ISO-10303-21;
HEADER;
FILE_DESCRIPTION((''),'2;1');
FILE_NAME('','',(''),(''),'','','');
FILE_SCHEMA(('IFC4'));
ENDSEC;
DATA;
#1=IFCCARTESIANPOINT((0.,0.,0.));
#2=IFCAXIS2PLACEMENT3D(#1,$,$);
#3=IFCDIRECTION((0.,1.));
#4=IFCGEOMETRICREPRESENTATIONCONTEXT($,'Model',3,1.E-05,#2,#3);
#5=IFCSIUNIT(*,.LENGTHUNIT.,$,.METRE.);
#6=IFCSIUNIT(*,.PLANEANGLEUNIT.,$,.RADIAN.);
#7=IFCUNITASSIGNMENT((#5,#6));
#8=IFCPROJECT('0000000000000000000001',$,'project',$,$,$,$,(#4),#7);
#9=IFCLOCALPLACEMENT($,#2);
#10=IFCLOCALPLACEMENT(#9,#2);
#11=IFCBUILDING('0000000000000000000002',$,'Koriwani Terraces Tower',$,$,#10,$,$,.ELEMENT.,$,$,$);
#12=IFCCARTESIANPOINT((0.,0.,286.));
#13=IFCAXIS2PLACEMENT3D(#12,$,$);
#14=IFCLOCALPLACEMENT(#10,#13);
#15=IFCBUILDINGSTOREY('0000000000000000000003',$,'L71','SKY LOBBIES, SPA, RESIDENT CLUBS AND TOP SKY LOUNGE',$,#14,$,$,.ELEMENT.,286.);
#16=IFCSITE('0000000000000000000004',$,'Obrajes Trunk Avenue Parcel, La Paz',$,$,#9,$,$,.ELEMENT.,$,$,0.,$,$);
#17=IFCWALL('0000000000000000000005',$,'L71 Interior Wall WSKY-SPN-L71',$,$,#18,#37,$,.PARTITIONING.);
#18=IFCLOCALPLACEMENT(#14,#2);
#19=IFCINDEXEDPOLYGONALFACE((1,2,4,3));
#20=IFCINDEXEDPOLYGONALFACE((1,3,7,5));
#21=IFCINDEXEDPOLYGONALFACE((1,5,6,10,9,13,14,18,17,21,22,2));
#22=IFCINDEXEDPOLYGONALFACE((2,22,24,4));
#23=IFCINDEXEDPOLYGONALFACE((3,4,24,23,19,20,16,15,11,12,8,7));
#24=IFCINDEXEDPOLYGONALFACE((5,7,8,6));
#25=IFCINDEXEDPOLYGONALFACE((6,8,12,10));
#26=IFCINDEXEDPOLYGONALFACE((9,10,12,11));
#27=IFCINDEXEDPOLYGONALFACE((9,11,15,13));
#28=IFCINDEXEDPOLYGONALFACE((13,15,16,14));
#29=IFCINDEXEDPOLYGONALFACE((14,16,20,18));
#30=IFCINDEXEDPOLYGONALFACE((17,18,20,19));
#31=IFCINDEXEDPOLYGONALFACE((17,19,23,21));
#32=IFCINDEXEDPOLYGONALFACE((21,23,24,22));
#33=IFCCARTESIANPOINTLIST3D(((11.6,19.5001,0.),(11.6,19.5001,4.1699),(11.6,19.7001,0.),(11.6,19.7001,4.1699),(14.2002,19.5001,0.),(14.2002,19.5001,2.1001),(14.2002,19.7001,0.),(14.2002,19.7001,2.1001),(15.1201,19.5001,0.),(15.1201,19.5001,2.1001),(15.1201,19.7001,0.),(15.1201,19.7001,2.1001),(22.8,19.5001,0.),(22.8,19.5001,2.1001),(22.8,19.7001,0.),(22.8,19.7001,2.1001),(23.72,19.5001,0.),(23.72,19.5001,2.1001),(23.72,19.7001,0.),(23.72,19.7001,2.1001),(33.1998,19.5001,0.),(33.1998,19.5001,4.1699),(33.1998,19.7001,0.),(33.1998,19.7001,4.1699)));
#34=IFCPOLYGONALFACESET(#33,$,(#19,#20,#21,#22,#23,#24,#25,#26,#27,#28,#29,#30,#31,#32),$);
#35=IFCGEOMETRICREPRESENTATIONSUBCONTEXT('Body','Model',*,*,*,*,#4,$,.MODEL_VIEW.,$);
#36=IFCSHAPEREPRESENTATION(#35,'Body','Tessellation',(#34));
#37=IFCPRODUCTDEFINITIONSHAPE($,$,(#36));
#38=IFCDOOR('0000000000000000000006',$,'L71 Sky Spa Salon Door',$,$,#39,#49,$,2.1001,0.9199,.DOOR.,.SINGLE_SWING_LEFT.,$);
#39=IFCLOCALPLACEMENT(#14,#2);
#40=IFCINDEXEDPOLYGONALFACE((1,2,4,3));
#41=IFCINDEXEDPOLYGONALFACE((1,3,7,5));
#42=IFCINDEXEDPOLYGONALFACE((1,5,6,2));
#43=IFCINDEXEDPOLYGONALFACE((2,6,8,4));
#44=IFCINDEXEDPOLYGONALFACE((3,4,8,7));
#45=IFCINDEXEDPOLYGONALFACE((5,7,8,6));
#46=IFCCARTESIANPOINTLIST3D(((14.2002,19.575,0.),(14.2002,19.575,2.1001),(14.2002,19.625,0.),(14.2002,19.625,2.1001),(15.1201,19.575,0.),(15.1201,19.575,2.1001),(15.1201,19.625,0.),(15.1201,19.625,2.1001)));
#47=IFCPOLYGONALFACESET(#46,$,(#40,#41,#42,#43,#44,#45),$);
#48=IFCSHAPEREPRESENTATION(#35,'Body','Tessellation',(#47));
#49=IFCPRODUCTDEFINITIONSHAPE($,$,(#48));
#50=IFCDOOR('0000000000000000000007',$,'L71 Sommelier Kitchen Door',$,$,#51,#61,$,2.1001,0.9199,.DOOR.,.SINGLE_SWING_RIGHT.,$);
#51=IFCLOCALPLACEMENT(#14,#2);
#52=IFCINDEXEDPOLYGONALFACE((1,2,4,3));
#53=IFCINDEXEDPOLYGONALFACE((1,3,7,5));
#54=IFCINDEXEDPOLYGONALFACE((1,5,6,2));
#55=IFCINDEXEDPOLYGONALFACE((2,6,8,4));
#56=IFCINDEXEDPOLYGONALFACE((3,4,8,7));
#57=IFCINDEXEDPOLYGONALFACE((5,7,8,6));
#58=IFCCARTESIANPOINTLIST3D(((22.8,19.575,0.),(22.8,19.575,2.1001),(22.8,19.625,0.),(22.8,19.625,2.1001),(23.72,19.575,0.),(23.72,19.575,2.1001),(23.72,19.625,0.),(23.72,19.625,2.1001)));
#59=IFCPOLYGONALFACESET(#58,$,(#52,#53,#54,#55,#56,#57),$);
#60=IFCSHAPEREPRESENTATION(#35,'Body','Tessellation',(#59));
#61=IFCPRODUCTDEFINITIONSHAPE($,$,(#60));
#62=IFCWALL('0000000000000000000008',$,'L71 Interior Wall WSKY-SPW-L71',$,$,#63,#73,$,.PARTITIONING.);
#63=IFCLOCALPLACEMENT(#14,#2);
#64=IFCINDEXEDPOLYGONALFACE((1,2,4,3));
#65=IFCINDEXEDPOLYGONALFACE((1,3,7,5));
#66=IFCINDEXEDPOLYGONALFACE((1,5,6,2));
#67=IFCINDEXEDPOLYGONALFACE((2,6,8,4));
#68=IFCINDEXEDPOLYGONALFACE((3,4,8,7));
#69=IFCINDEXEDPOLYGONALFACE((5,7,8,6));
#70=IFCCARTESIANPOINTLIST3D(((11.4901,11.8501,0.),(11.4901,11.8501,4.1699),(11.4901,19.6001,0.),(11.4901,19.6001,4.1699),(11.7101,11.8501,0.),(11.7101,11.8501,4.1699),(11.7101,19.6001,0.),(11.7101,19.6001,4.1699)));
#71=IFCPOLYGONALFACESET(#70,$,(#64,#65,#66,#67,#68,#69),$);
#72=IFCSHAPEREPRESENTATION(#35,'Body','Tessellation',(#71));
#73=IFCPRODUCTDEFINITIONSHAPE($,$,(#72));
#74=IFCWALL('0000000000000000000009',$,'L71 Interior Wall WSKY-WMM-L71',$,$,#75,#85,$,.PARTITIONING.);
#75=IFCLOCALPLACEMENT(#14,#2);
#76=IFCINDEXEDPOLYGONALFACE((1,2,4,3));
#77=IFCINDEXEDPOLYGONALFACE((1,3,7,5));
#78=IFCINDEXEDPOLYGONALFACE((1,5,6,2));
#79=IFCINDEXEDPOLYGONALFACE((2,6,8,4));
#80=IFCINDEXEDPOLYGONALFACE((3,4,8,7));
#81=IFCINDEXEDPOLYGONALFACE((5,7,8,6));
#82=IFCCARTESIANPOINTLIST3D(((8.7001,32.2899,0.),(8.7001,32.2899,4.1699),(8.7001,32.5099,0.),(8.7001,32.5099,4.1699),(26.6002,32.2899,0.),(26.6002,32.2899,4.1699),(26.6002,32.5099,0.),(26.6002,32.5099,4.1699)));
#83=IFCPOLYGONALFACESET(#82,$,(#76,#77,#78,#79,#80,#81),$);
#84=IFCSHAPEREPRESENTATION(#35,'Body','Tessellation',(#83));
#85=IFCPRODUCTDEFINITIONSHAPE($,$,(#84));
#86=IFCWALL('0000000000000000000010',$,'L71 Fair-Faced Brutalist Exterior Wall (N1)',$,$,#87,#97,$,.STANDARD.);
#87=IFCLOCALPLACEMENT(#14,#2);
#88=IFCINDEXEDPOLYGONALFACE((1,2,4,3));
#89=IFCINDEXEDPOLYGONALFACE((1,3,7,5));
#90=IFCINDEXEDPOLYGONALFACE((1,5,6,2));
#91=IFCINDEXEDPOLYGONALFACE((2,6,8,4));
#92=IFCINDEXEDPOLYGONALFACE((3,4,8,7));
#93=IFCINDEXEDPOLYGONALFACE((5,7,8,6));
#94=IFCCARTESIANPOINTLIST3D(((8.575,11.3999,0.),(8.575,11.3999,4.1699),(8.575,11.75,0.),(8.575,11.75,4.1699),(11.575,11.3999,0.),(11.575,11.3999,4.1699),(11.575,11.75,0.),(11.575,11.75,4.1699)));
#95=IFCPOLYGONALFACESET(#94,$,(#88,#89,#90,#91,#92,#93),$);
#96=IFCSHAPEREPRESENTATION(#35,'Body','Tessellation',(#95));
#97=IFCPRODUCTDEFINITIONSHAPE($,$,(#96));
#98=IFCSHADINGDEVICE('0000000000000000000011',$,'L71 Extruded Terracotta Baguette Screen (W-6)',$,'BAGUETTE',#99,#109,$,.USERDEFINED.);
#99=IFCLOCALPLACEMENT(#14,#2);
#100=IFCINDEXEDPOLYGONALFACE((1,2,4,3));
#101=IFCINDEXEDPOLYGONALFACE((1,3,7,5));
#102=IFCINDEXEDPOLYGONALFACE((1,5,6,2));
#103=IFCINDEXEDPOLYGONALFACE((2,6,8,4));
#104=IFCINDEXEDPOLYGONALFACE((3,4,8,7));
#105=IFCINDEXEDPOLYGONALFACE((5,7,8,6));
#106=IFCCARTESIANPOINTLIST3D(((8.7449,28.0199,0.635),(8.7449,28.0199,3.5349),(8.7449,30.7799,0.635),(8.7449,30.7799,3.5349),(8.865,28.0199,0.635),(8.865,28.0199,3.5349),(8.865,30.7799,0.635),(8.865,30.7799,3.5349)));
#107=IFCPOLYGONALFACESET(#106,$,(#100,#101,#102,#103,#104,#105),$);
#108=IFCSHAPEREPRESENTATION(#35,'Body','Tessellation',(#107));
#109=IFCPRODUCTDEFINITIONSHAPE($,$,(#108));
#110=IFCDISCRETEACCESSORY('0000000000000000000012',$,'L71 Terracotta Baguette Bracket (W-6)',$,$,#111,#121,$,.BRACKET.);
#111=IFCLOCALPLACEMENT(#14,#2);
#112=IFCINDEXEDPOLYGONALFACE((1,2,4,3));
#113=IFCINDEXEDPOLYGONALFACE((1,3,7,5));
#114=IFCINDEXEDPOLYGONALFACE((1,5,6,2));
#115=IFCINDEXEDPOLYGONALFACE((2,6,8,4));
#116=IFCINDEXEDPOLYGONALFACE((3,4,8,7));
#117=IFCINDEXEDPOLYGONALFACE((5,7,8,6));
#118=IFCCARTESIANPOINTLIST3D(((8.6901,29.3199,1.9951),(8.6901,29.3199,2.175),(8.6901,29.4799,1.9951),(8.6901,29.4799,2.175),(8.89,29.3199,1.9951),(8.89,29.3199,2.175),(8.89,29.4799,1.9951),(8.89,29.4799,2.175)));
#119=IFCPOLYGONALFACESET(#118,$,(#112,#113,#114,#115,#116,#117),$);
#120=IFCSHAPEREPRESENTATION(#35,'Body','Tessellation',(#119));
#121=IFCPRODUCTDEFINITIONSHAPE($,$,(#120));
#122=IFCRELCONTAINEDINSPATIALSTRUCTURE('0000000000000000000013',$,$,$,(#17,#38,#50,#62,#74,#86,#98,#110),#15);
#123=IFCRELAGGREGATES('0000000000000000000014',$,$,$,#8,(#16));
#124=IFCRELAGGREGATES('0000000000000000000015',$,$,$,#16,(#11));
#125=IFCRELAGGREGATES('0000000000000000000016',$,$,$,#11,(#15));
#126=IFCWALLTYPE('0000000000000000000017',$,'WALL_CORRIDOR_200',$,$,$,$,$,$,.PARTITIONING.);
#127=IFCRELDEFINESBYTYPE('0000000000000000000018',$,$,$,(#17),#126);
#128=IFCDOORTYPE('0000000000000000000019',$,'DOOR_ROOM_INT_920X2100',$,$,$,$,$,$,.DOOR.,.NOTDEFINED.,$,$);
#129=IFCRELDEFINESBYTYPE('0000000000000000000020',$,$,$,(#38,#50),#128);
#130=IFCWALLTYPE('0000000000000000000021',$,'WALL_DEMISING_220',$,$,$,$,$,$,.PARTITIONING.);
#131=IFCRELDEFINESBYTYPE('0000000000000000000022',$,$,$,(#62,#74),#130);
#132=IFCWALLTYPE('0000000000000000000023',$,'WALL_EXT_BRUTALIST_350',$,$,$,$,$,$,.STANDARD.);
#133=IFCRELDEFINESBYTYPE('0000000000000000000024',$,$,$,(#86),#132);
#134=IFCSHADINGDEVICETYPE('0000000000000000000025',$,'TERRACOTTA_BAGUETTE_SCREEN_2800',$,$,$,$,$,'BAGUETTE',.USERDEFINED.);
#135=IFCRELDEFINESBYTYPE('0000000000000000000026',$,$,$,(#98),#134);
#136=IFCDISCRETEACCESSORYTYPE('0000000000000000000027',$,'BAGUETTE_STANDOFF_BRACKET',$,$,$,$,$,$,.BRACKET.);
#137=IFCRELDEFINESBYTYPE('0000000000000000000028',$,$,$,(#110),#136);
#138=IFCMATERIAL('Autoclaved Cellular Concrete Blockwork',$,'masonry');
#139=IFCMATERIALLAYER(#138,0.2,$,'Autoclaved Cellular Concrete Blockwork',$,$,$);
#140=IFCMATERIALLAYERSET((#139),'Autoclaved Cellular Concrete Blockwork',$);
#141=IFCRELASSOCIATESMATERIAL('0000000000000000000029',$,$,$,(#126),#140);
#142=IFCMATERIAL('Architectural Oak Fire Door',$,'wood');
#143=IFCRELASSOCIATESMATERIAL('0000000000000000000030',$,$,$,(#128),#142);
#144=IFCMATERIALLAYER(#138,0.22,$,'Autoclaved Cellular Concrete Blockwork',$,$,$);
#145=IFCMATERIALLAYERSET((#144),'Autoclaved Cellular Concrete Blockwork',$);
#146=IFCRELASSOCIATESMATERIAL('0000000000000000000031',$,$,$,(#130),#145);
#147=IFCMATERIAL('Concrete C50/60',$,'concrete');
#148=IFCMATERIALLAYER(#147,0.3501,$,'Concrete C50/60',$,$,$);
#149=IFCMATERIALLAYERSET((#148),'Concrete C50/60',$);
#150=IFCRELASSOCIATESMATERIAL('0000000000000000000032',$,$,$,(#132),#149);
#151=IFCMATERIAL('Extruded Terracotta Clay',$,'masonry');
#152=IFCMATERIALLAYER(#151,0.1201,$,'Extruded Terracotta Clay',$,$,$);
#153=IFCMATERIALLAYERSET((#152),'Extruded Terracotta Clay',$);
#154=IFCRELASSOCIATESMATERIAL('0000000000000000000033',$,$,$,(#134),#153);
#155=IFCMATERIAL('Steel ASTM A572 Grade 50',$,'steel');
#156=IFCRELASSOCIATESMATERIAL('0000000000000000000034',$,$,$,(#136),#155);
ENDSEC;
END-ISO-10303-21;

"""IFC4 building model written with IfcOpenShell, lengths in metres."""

from ifc_helpers import new_model, si_unit, direction, frame, frame_2d, origin, origin_2d, place, context, subcontext, project, spatial, rectangle, extrude, material, layer, layer_set, type_object, element, fill, save


model = new_model("IFC4")

# Units and contexts
model_context = context("Model", 3, precision=1e-05, world=origin(), true_north=direction((0.0, 1.0)))
body_context = subcontext(model_context, "Body", "Model", "MODEL_VIEW")
ifc_project = project(units=[si_unit("LENGTHUNIT", "METRE"), si_unit("PLANEANGLEUNIT", "RADIAN")], contexts=[model_context])

# Site, building, storey
site_placement = place(None, origin())
site = spatial("IfcSite", under=ifc_project, at=site_placement, Name="Obrajes Trunk Avenue Parcel, La Paz", CompositionType="ELEMENT", RefElevation=0.0)
building_placement = place(site_placement, origin())
building = spatial("IfcBuilding", under=site, at=building_placement, Name="Koriwani Terraces Tower", CompositionType="ELEMENT")
storey_placement = place(building_placement, frame((0.0, 0.0, 286.0)))
storey = spatial("IfcBuildingStorey", under=building, at=storey_placement, Name="L71", Description="SKY LOBBIES, SPA, RESIDENT CLUBS AND TOP SKY LOUNGE", CompositionType="ELEMENT", Elevation=286.0)

# Shared definitions
ifc_material_1 = material(Name="Concrete C50/60", Category="concrete")

# Shared definitions
ifc_material_2 = material(Name="Steel ASTM A572 Grade 50", Category="steel")

# Wall, openings, doors
ifc_material_3 = material(Name="Autoclaved Cellular Concrete Blockwork", Category="masonry")
ifc_layer_1 = layer(ifc_material_3, 0.2, Name="Autoclaved Cellular Concrete Blockwork")
ifc_layer_set_1 = layer_set([ifc_layer_1], Name="Autoclaved Cellular Concrete Blockwork")
wall_type_1 = type_object("IfcWallType", Name="WALL_CORRIDOR_200", PredefinedType="PARTITIONING", material=ifc_layer_set_1)
wall_1_placement = place(storey_placement, frame((11.6001, 19.6001, 0.0), z_axis=(0.0, 0.0, 1.0), x_axis=(1.0, 0.0, 0.0)))
wall_1 = element("IfcWall", 1, at=wall_1_placement, inside=storey, type_object=wall_type_1, Name="L71 Interior Wall WSKY-SPN-L71", PredefinedType="PARTITIONING", context=body_context, shape_type="SweptSolid", body=[
    extrude(rectangle(XDim=21.5999, YDim=0.2, at=frame_2d((10.7998, 0.0))), origin(), (0.0, 0.0, 1.0), 4.1699),
])
opening_1_placement = place(wall_1_placement, frame((2.6001, 0.0, 0.0)))
opening_1 = element("IfcOpeningElement", 2, at=opening_1_placement, cuts=wall_1, PredefinedType="OPENING", context=body_context, shape_type="SweptSolid", body=[
    extrude(rectangle(XDim=0.9199, YDim=2.1001, at=frame_2d((0.46, 1.05))), frame((0.0, 0.1099, 0.0), z_axis=(0.0, -1.0, 0.0), x_axis=(1.0, 0.0, 0.0)), (0.0, 0.0, 1.0), 0.22),
])
opening_2_placement = place(wall_1_placement, frame((11.2, 0.0, 0.0)))
opening_2 = element("IfcOpeningElement", 3, at=opening_2_placement, cuts=wall_1, PredefinedType="OPENING", context=body_context, shape_type="SweptSolid", body=[
    extrude(rectangle(XDim=0.9199, YDim=2.1001, at=frame_2d((0.46, 1.05))), frame((0.0, 0.1099, 0.0), z_axis=(0.0, -1.0, 0.0), x_axis=(1.0, 0.0, 0.0)), (0.0, 0.0, 1.0), 0.22),
])
ifc_material_4 = material(Name="Architectural Oak Fire Door", Category="wood")
door_type = type_object("IfcDoorType", Name="DOOR_ROOM_INT_920X2100", OperationType="NOTDEFINED", PredefinedType="DOOR", material=ifc_material_4)
door_1_placement = place(opening_1_placement, origin())
door_1 = element("IfcDoor", 4, at=door_1_placement, inside=storey, type_object=door_type, Name="L71 Sky Spa Salon Door", OperationType="SINGLE_SWING_LEFT", OverallHeight=2.1001, OverallWidth=0.9199, PredefinedType="DOOR", context=body_context, shape_type="SweptSolid", body=[
    extrude(rectangle(XDim=0.9199, YDim=2.1001, at=frame_2d((0.46, 1.05))), frame((0.0, 0.0249, 0.0), z_axis=(0.0, -1.0, 0.0), x_axis=(1.0, 0.0, 0.0)), (0.0, 0.0, 1.0), 0.05),
])
fill(opening_1, door_1)
door_2_placement = place(opening_2_placement, origin())
door_2 = element("IfcDoor", 5, at=door_2_placement, inside=storey, type_object=door_type, Name="L71 Sommelier Kitchen Door", OperationType="SINGLE_SWING_RIGHT", OverallHeight=2.1001, OverallWidth=0.9199, PredefinedType="DOOR", context=body_context, shape_type="SweptSolid", body=[
    extrude(rectangle(XDim=0.9199, YDim=2.1001, at=frame_2d((0.46, 1.05))), frame((0.0, 0.0249, 0.0), z_axis=(0.0, -1.0, 0.0), x_axis=(1.0, 0.0, 0.0)), (0.0, 0.0, 1.0), 0.05),
])
fill(opening_2, door_2)

# Walls
ifc_layer_2 = layer(ifc_material_3, 0.22, Name="Autoclaved Cellular Concrete Blockwork")
ifc_layer_set_2 = layer_set([ifc_layer_2], Name="Autoclaved Cellular Concrete Blockwork")
wall_type_2 = type_object("IfcWallType", Name="WALL_DEMISING_220", PredefinedType="PARTITIONING", material=ifc_layer_set_2)
wall_2_placement = place(storey_placement, frame((11.6001, 11.8501, 0.0), z_axis=(0.0, 0.0, 1.0), x_axis=(0.0, 1.0, 0.0)))
element("IfcWall", 6, at=wall_2_placement, inside=storey, type_object=wall_type_2, Name="L71 Interior Wall WSKY-SPW-L71", PredefinedType="PARTITIONING", context=body_context, shape_type="SweptSolid", body=[
    extrude(rectangle(XDim=7.75, YDim=0.22, at=frame_2d((3.875, 0.0))), origin(), (0.0, 0.0, 1.0), 4.1699),
])
wall_3_placement = place(storey_placement, frame((8.7, 32.3999, 0.0), z_axis=(0.0, 0.0, 1.0), x_axis=(1.0, 0.0, 0.0)))
element("IfcWall", 7, at=wall_3_placement, inside=storey, type_object=wall_type_2, Name="L71 Interior Wall WSKY-WMM-L71", PredefinedType="PARTITIONING", context=body_context, shape_type="SweptSolid", body=[
    extrude(rectangle(XDim=17.9001, YDim=0.22, at=frame_2d((8.9502, 0.0))), origin(), (0.0, 0.0, 1.0), 4.1699),
])
ifc_layer_3 = layer(ifc_material_1, 0.3501, Name="Concrete C50/60")
ifc_layer_set_3 = layer_set([ifc_layer_3], Name="Concrete C50/60")
wall_type_3 = type_object("IfcWallType", Name="WALL_EXT_BRUTALIST_350", PredefinedType="STANDARD", material=ifc_layer_set_3)
wall_4_placement = place(storey_placement, frame((11.575, 11.575, 0.0), z_axis=(0.0, 0.0, 1.0), x_axis=(-1.0, 0.0, 0.0)))
element("IfcWall", 8, at=wall_4_placement, inside=storey, type_object=wall_type_3, Name="L71 Fair-Faced Brutalist Exterior Wall (N1)", PredefinedType="STANDARD", context=body_context, shape_type="SweptSolid", body=[
    extrude(rectangle(XDim=3.0, YDim=0.3501, at=frame_2d((1.5, 0.0))), origin(), (0.0, 0.0, 1.0), 4.1699),
])

# Shading device
ifc_material_5 = material(Name="Extruded Terracotta Clay", Category="masonry")
ifc_layer_4 = layer(ifc_material_5, 0.1201, Name="Extruded Terracotta Clay")
ifc_layer_set_4 = layer_set([ifc_layer_4], Name="Extruded Terracotta Clay")
shading_device_type = type_object("IfcShadingDeviceType", Name="TERRACOTTA_BAGUETTE_SCREEN_2800", ElementType="BAGUETTE", PredefinedType="USERDEFINED", material=ifc_layer_set_4)
shading_device_placement = place(storey_placement, frame((8.8049, 29.3999, 0.635), z_axis=(0.0, 0.0, 1.0), x_axis=(0.0, 1.0, 0.0)))
element("IfcShadingDevice", 9, at=shading_device_placement, inside=storey, type_object=shading_device_type, Name="L71 Extruded Terracotta Baguette Screen (W-6)", ObjectType="BAGUETTE", PredefinedType="USERDEFINED", context=body_context, shape_type="SweptSolid", body=[
    extrude(rectangle(XDim=2.76, YDim=0.1201, at=origin_2d()), origin(), (0.0, 0.0, 1.0), 2.8999),
])

# Discrete accessory
discrete_accessory_type = type_object("IfcDiscreteAccessoryType", Name="BAGUETTE_STANDOFF_BRACKET", PredefinedType="BRACKET", material=ifc_material_2)
discrete_accessory_placement = place(storey_placement, frame((8.79, 29.3999, 1.9951), z_axis=(0.0, 0.0, 1.0), x_axis=(0.0, 1.0, 0.0)))
element("IfcDiscreteAccessory", 10, at=discrete_accessory_placement, inside=storey, type_object=discrete_accessory_type, Name="L71 Terracotta Baguette Bracket (W-6)", PredefinedType="BRACKET", context=body_context, shape_type="SweptSolid", body=[
    extrude(rectangle(XDim=0.1599, YDim=0.2, at=origin_2d()), origin(), (0.0, 0.0, 1.0), 0.1799),
])

save(model, "model.ifc")
